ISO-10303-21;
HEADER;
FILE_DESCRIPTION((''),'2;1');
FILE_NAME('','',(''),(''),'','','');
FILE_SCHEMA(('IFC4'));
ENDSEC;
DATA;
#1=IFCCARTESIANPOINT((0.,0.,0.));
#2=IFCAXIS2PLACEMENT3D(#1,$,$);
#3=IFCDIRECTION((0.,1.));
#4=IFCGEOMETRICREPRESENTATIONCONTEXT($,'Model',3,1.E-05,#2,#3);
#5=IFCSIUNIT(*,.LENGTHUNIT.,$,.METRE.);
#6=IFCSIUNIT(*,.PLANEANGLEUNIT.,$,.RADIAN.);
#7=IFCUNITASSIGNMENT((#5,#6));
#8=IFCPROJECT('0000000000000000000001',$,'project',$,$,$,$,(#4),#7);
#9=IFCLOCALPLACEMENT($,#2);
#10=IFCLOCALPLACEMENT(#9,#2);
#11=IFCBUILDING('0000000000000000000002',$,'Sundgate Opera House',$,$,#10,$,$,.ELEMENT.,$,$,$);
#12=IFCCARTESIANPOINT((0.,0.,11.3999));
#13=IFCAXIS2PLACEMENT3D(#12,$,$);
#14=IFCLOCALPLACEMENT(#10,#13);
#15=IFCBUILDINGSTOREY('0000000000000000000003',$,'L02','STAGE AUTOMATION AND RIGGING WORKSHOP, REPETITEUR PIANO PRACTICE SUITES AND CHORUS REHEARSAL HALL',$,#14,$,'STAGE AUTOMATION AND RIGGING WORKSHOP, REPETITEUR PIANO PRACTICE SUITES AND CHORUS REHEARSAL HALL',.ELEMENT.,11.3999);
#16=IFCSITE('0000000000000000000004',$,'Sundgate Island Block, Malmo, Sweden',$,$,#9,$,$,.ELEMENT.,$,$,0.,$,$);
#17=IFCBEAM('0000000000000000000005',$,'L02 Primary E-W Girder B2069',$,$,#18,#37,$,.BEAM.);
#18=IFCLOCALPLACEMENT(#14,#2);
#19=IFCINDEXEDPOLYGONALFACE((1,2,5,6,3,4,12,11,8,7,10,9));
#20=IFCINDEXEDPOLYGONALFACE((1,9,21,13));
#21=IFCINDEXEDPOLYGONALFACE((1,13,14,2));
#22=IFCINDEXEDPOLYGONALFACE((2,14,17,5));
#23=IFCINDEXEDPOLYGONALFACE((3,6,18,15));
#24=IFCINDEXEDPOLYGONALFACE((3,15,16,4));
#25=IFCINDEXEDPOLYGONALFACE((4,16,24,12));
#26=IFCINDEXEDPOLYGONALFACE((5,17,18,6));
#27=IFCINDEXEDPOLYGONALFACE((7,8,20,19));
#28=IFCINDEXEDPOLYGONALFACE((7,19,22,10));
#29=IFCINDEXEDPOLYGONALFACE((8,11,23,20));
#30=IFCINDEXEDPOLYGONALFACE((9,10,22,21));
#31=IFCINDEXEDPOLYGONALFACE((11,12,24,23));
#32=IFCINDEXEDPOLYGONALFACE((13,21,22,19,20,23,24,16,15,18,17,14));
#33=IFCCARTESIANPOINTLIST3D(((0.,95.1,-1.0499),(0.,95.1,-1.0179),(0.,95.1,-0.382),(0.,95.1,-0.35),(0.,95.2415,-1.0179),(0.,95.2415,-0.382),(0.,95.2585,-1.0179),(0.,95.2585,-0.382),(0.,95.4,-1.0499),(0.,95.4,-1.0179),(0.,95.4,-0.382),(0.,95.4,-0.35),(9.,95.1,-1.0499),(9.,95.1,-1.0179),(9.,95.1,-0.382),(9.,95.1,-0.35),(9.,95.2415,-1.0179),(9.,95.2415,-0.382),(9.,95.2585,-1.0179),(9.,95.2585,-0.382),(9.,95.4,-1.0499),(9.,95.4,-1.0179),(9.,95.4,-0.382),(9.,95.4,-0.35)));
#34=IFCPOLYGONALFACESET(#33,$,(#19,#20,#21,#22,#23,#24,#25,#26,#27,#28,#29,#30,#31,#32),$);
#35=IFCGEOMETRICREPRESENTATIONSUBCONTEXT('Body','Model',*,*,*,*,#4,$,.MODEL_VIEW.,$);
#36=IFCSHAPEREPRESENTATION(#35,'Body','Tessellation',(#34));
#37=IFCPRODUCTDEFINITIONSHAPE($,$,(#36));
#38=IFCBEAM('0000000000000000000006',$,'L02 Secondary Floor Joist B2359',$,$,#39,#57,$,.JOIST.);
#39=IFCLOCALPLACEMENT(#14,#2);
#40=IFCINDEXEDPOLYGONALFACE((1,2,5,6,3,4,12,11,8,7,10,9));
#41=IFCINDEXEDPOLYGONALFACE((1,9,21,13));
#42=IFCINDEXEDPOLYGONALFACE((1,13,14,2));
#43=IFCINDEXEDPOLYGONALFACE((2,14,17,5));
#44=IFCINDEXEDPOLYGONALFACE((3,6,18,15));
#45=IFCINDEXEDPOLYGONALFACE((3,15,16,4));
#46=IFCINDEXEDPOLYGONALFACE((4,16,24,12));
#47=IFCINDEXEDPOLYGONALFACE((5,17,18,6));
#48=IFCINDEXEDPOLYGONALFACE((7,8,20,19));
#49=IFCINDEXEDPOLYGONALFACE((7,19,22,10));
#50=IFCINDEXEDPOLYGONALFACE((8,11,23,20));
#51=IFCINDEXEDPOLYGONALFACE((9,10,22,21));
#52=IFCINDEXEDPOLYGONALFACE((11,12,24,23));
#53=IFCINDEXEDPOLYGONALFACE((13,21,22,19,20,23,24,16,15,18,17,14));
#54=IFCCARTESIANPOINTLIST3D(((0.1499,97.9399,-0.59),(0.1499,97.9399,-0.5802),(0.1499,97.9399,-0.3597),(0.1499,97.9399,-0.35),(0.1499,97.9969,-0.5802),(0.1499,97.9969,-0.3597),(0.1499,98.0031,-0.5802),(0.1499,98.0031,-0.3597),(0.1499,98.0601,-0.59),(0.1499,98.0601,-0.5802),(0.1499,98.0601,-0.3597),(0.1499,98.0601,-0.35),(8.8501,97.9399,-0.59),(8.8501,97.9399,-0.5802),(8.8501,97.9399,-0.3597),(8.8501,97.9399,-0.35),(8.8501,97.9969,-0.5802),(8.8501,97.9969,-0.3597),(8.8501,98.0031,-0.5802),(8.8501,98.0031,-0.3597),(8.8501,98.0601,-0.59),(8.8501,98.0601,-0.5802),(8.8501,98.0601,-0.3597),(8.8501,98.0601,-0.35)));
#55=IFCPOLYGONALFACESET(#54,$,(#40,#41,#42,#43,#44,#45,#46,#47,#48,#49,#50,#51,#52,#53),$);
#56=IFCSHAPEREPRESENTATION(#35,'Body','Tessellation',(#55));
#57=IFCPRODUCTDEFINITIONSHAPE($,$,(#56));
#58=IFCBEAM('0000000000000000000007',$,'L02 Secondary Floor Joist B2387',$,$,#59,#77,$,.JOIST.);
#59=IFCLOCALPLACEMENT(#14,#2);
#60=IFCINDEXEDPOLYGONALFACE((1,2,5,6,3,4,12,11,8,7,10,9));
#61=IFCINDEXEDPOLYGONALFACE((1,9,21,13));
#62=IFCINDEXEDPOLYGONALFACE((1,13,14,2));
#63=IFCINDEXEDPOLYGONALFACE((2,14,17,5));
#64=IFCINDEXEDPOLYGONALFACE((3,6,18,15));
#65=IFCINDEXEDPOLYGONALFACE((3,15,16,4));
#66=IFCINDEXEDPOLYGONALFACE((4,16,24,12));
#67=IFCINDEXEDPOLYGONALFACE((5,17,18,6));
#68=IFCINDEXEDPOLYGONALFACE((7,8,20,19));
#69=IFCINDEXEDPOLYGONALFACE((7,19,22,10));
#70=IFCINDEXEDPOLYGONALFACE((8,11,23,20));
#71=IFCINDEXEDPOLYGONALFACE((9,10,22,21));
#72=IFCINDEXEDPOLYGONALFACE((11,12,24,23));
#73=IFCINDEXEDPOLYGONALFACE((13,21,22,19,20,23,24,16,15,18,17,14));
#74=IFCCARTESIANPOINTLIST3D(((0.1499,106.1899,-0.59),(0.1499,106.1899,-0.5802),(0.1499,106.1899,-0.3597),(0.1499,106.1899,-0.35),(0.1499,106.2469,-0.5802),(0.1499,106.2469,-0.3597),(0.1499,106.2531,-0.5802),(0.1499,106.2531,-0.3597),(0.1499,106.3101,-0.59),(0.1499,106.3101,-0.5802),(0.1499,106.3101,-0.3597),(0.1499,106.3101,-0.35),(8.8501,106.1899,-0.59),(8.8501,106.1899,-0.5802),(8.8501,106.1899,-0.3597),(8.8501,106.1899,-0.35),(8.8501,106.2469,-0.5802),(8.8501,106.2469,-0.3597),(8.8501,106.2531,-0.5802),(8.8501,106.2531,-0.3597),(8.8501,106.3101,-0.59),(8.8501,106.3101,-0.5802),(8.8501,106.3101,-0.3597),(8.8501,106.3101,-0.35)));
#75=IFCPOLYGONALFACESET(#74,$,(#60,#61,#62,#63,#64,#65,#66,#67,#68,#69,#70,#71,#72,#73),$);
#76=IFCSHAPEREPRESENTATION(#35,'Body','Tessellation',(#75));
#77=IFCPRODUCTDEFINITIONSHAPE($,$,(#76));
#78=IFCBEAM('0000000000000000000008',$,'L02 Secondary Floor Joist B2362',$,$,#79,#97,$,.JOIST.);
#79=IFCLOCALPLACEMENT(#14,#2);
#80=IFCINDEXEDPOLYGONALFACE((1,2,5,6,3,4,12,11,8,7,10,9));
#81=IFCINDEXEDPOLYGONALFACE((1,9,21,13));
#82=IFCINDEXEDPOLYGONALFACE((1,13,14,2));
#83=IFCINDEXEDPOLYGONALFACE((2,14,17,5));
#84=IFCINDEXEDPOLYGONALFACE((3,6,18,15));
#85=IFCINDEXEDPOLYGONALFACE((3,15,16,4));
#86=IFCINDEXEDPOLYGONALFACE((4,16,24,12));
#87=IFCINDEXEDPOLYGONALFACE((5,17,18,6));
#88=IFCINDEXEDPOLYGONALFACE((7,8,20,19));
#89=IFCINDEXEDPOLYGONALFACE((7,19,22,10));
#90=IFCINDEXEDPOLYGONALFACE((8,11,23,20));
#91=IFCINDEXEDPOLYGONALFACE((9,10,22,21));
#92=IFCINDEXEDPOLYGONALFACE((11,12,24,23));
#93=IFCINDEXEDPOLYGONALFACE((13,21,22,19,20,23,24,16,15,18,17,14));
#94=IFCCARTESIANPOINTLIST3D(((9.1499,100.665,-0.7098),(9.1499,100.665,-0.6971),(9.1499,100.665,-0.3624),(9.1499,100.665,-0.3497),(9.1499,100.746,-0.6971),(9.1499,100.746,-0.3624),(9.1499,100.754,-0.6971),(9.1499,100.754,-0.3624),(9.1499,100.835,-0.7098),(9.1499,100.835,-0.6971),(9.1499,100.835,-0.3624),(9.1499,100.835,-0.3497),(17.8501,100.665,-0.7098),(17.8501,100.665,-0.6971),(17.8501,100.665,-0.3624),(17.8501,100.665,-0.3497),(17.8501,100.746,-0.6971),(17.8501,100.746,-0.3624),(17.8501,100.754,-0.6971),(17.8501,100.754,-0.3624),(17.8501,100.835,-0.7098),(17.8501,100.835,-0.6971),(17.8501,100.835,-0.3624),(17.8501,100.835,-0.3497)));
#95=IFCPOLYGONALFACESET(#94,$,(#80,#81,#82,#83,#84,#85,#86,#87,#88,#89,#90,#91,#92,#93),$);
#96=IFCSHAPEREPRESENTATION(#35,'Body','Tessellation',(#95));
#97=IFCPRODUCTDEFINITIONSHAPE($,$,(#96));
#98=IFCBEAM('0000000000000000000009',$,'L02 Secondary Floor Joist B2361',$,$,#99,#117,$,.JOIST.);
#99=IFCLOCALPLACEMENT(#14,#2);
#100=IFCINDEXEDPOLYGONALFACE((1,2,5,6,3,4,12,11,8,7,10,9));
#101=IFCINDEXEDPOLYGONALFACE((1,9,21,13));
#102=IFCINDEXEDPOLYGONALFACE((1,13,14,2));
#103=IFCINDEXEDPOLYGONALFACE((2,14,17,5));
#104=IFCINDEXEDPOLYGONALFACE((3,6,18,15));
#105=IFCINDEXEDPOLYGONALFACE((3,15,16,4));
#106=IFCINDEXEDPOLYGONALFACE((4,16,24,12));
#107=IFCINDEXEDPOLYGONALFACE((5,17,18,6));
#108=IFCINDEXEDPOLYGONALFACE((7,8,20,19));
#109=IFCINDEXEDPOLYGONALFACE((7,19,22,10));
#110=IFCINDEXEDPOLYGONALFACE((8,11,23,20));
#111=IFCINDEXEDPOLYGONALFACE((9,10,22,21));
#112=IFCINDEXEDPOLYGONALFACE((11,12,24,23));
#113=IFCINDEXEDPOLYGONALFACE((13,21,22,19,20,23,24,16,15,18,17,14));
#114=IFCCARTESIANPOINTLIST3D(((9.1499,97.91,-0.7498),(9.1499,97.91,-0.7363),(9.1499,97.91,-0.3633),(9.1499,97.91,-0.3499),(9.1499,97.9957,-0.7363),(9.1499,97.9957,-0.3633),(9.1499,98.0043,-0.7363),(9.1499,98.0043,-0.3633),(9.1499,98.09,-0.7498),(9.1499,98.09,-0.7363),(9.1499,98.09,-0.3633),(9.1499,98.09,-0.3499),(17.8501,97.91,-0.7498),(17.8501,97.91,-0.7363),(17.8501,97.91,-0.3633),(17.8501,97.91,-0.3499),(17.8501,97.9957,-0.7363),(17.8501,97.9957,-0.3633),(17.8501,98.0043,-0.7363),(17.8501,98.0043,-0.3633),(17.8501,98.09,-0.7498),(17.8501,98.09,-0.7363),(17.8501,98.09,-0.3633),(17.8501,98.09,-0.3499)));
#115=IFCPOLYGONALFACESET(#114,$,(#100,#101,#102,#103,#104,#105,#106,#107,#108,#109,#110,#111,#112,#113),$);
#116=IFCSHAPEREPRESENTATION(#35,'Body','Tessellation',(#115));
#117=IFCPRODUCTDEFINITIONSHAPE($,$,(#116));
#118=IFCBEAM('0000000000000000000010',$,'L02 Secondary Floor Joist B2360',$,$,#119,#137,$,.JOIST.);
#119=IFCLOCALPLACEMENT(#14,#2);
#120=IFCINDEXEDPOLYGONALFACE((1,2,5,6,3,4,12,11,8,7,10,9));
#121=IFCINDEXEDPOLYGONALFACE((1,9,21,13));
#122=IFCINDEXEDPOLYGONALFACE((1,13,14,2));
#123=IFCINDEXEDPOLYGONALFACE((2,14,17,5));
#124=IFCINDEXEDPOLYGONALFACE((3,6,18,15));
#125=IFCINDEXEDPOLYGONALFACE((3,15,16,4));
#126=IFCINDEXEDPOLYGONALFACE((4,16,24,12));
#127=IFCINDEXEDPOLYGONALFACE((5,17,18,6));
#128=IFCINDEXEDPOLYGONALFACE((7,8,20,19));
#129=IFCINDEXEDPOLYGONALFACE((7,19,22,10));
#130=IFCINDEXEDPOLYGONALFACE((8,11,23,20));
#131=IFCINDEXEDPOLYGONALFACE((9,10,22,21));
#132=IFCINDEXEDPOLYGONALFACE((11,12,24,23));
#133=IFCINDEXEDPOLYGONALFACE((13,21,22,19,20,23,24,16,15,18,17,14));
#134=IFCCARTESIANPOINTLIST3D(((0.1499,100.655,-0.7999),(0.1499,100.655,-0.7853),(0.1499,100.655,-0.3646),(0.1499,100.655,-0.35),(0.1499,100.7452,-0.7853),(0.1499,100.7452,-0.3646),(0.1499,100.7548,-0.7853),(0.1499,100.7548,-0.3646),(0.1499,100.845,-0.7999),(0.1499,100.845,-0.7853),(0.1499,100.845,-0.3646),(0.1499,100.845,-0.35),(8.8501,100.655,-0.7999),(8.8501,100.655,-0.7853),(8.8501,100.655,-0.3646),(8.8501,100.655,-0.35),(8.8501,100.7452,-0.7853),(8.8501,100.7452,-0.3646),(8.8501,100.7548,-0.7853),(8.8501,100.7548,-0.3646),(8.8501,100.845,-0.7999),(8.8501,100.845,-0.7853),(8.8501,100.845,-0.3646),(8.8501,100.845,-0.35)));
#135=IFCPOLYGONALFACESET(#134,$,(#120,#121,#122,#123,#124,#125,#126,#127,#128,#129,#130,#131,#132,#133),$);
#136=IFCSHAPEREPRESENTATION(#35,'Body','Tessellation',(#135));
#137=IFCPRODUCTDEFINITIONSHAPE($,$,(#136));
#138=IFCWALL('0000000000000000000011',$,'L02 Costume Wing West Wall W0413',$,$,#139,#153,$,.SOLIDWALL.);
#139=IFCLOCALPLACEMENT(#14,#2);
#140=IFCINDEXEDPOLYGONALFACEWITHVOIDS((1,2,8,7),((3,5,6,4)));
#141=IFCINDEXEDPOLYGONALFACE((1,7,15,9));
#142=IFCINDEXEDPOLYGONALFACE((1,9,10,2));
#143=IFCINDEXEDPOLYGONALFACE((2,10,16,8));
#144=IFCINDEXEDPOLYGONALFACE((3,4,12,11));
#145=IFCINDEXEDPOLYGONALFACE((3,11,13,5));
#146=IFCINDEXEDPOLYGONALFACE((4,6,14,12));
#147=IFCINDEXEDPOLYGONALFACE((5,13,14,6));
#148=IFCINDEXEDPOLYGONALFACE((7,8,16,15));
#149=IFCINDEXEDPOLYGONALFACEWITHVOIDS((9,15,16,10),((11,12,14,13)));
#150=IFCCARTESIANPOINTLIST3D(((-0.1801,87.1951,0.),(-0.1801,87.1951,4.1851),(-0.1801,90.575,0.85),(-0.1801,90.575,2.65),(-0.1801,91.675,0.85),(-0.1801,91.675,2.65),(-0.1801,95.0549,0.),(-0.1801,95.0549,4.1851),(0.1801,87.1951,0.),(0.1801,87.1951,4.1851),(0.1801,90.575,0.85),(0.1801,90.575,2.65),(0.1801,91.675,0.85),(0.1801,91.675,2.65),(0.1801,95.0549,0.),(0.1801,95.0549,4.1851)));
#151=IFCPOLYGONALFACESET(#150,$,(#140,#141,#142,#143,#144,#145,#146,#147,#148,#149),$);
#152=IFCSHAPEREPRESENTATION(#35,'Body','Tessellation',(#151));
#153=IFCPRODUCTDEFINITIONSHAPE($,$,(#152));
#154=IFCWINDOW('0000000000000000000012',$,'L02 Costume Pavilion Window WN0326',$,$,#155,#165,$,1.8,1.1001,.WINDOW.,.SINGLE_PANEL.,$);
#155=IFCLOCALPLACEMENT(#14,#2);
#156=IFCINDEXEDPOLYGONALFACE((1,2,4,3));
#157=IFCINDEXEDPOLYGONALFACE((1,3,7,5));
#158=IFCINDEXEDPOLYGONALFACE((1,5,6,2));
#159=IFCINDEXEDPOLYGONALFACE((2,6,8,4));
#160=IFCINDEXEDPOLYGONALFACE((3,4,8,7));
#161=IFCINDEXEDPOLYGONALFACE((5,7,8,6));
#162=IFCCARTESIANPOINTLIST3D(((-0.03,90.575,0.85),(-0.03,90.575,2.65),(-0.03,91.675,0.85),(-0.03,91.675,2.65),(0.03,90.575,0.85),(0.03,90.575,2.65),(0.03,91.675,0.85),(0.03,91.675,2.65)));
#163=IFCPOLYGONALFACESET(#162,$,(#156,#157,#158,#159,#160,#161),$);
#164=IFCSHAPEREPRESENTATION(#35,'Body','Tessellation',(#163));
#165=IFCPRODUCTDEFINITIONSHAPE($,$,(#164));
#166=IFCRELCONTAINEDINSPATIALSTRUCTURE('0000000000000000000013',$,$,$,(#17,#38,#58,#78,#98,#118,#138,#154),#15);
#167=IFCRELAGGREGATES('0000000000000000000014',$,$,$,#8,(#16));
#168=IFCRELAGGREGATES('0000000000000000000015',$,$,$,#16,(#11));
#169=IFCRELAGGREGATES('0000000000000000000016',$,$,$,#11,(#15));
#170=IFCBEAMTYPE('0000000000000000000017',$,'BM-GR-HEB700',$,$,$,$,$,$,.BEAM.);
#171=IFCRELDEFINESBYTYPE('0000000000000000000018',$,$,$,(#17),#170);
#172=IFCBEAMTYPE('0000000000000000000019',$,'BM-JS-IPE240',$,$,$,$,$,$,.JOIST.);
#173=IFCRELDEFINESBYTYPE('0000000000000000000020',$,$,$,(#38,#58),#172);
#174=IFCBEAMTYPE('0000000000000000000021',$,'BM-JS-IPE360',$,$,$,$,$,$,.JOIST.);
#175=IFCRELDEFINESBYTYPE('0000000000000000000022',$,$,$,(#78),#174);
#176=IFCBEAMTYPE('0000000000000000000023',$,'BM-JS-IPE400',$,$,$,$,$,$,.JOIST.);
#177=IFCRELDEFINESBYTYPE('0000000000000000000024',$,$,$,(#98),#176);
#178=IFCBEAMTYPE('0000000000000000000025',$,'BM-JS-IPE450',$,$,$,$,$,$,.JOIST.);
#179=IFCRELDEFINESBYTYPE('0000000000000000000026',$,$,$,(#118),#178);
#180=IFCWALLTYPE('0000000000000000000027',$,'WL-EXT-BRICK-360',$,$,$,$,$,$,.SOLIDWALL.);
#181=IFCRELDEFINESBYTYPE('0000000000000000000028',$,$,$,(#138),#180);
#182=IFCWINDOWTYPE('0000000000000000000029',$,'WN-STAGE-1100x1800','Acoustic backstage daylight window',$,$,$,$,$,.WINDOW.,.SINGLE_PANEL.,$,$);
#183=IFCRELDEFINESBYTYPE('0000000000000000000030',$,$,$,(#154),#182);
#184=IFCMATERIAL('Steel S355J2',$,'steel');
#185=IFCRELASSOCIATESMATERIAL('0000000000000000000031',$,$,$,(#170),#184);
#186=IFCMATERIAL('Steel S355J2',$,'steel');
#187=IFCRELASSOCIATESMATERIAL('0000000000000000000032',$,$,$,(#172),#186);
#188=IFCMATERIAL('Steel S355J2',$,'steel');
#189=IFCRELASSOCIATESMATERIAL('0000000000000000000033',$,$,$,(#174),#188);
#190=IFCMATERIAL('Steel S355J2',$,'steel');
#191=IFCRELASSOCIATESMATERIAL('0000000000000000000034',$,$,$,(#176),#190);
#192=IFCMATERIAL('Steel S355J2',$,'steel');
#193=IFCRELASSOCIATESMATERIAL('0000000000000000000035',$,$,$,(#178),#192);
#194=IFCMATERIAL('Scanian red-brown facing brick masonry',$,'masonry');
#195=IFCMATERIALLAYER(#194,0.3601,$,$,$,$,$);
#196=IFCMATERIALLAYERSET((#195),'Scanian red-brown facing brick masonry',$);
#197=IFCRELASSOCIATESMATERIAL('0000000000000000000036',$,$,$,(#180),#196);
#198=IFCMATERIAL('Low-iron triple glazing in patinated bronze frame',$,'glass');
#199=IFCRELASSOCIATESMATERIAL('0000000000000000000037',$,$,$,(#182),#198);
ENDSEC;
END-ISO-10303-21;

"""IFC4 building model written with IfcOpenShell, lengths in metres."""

from ifc_helpers import new_model, si_unit, direction, frame, frame_2d, origin, origin_2d, place, context, subcontext, project, spatial, rectangle, i_section, extrude, material, layer, layer_set, material_profile, profile_set, type_object, element, fill, save


model = new_model("IFC4")

# Units and contexts
model_context = context("Model", 3, precision=1e-05, world=origin(), true_north=direction((0.0, 1.0)))
body_context = subcontext(model_context, "Body", "Model", "MODEL_VIEW")
ifc_project = project(units=[si_unit("LENGTHUNIT", "METRE"), si_unit("PLANEANGLEUNIT", "RADIAN")], contexts=[model_context])

# Site, building, storey
site_placement = place(None, origin())
site = spatial("IfcSite", under=ifc_project, at=site_placement, Name="Sundgate Island Block, Malmo, Sweden", CompositionType="ELEMENT", RefElevation=0.0)
building_placement = place(site_placement, origin())
building = spatial("IfcBuilding", under=site, at=building_placement, Name="Sundgate Opera House", CompositionType="ELEMENT")
storey_placement = place(building_placement, frame((0.0, 0.0, 11.3999)))
storey = spatial("IfcBuildingStorey", under=building, at=storey_placement, Name="L02", Description="STAGE AUTOMATION AND RIGGING WORKSHOP, REPETITEUR PIANO PRACTICE SUITES AND CHORUS REHEARSAL HALL", LongName="STAGE AUTOMATION AND RIGGING WORKSHOP, REPETITEUR PIANO PRACTICE SUITES AND CHORUS REHEARSAL HALL", CompositionType="ELEMENT", Elevation=11.3999)

# Beams
ifc_material_1 = material(Name="Steel S355J2", Category="steel")
ifc_material_profile_1 = material_profile(ifc_material_1, i_section(OverallWidth=0.3, OverallDepth=0.7, WebThickness=0.0171, FlangeThickness=0.032, at=origin_2d()), Name="HEB 700")
ifc_profile_set_1 = profile_set([ifc_material_profile_1], Name="Steel S355J2")
beam_type_1 = type_object("IfcBeamType", Name="BM-GR-HEB700", PredefinedType="BEAM", material=ifc_profile_set_1)
beam_1_placement = place(storey_placement, frame((0.0, 95.25, -0.7), z_axis=(1.0, 0.0, 0.0), x_axis=(0.0, 1.0, 0.0)))
element("IfcBeam", 1, at=beam_1_placement, inside=storey, type_object=beam_type_1, Name="L02 Primary E-W Girder B2069", PredefinedType="BEAM", context=body_context, shape_type="SweptSolid", body=[
    extrude(i_section(OverallWidth=0.3, OverallDepth=0.7, WebThickness=0.0171, FlangeThickness=0.032, at=origin_2d()), origin(), (0.0, 0.0, 1.0), 9.0),
])
ifc_material_2 = material(Name="Steel S355J2", Category="steel")
ifc_material_profile_2 = material_profile(ifc_material_2, i_section(OverallWidth=0.1201, OverallDepth=0.24, WebThickness=0.0061, FlangeThickness=0.0098, at=origin_2d()), Name="IPE 240")
ifc_profile_set_2 = profile_set([ifc_material_profile_2], Name="Steel S355J2")
beam_type_2 = type_object("IfcBeamType", Name="BM-JS-IPE240", PredefinedType="JOIST", material=ifc_profile_set_2)
for number, where, z_axis, x_axis, name in (
    (2, (0.1499, 98.0, -0.47), (1.0, 0.0, 0.0), (0.0, 1.0, 0.0), "L02 Secondary Floor Joist B2359"),
    (3, (0.1499, 106.25, -0.47), (1.0, 0.0, 0.0), (0.0, 1.0, 0.0), "L02 Secondary Floor Joist B2387"),
):
    element("IfcBeam", number, at=place(storey_placement, frame(where, z_axis=z_axis, x_axis=x_axis)), inside=storey, type_object=beam_type_2, Name=name, PredefinedType="JOIST", context=body_context, shape_type="SweptSolid", body=[
        extrude(i_section(OverallWidth=0.1201, OverallDepth=0.24, WebThickness=0.0061, FlangeThickness=0.0098, at=origin_2d()), origin(), (0.0, 0.0, 1.0), 8.7002),
    ])
ifc_material_3 = material(Name="Steel S355J2", Category="steel")
ifc_material_profile_3 = material_profile(ifc_material_3, i_section(OverallWidth=0.1699, OverallDepth=0.3601, WebThickness=0.0081, FlangeThickness=0.0127, at=origin_2d()), Name="IPE 360")
ifc_profile_set_3 = profile_set([ifc_material_profile_3], Name="Steel S355J2")
beam_type_3 = type_object("IfcBeamType", Name="BM-JS-IPE360", PredefinedType="JOIST", material=ifc_profile_set_3)
beam_2_placement = place(storey_placement, frame((9.1499, 100.75, -0.5298), z_axis=(1.0, 0.0, 0.0), x_axis=(0.0, 1.0, 0.0)))
element("IfcBeam", 4, at=beam_2_placement, inside=storey, type_object=beam_type_3, Name="L02 Secondary Floor Joist B2362", PredefinedType="JOIST", context=body_context, shape_type="SweptSolid", body=[
    extrude(i_section(OverallWidth=0.1699, OverallDepth=0.3601, WebThickness=0.0081, FlangeThickness=0.0127, at=origin_2d()), origin(), (0.0, 0.0, 1.0), 8.7002),
])
ifc_material_4 = material(Name="Steel S355J2", Category="steel")
ifc_material_profile_4 = material_profile(ifc_material_4, i_section(OverallWidth=0.1799, OverallDepth=0.3999, WebThickness=0.0085, FlangeThickness=0.0134, at=origin_2d()), Name="IPE 400")
ifc_profile_set_4 = profile_set([ifc_material_profile_4], Name="Steel S355J2")
beam_type_4 = type_object("IfcBeamType", Name="BM-JS-IPE400", PredefinedType="JOIST", material=ifc_profile_set_4)
beam_3_placement = place(storey_placement, frame((9.1499, 98.0, -0.5498), z_axis=(1.0, 0.0, 0.0), x_axis=(0.0, 1.0, 0.0)))
element("IfcBeam", 5, at=beam_3_placement, inside=storey, type_object=beam_type_4, Name="L02 Secondary Floor Joist B2361", PredefinedType="JOIST", context=body_context, shape_type="SweptSolid", body=[
    extrude(i_section(OverallWidth=0.1799, OverallDepth=0.3999, WebThickness=0.0085, FlangeThickness=0.0134, at=origin_2d()), origin(), (0.0, 0.0, 1.0), 8.7002),
])
ifc_material_5 = material(Name="Steel S355J2", Category="steel")
ifc_material_profile_5 = material_profile(ifc_material_5, i_section(OverallWidth=0.1899, OverallDepth=0.45, WebThickness=0.0095, FlangeThickness=0.0146, at=origin_2d()), Name="IPE 450")
ifc_profile_set_5 = profile_set([ifc_material_profile_5], Name="Steel S355J2")
beam_type_5 = type_object("IfcBeamType", Name="BM-JS-IPE450", PredefinedType="JOIST", material=ifc_profile_set_5)
beam_4_placement = place(storey_placement, frame((0.1499, 100.75, -0.575), z_axis=(1.0, 0.0, 0.0), x_axis=(0.0, 1.0, 0.0)))
element("IfcBeam", 6, at=beam_4_placement, inside=storey, type_object=beam_type_5, Name="L02 Secondary Floor Joist B2360", PredefinedType="JOIST", context=body_context, shape_type="SweptSolid", body=[
    extrude(i_section(OverallWidth=0.1899, OverallDepth=0.45, WebThickness=0.0095, FlangeThickness=0.0146, at=origin_2d()), origin(), (0.0, 0.0, 1.0), 8.7002),
])

# Wall, opening, window
ifc_material_6 = material(Name="Scanian red-brown facing brick masonry", Category="masonry")
ifc_layer_1 = layer(ifc_material_6, 0.3601)
ifc_layer_set_1 = layer_set([ifc_layer_1], Name="Scanian red-brown facing brick masonry")
wall_type_1 = type_object("IfcWallType", Name="WL-EXT-BRICK-360", PredefinedType="SOLIDWALL", material=ifc_layer_set_1)
wall_1_placement = place(storey_placement, frame((0.0, 95.0549, 0.0), z_axis=(0.0, 0.0, 1.0), x_axis=(0.0, -1.0, 0.0)))
wall_1 = element("IfcWall", 7, at=wall_1_placement, inside=storey, type_object=wall_type_1, Name="L02 Costume Wing West Wall W0413", PredefinedType="SOLIDWALL", context=body_context, shape_type="SweptSolid", body=[
    extrude(rectangle(XDim=7.8599, YDim=0.3601, at=frame_2d((3.9299, 0.0))), origin(), (0.0, 0.0, 1.0), 4.1851),
])
opening_1_placement = place(wall_1_placement, frame((3.3799, 0.0, 0.8501)))
opening_1 = element("IfcOpeningElement", 8, at=opening_1_placement, cuts=wall_1, PredefinedType="OPENING", context=body_context, shape_type="SweptSolid", body=[
    extrude(rectangle(XDim=1.1001, YDim=1.8, at=frame_2d((0.55, 0.8999))), frame((0.0, 0.1899, 0.0), z_axis=(0.0, -1.0, 0.0), x_axis=(1.0, 0.0, 0.0)), (0.0, 0.0, 1.0), 0.3801),
])
ifc_material_7 = material(Name="Low-iron triple glazing in patinated bronze frame", Category="glass")
window_type_1 = type_object("IfcWindowType", Name="WN-STAGE-1100x1800", Description="Acoustic backstage daylight window", PartitioningType="SINGLE_PANEL", PredefinedType="WINDOW", material=ifc_material_7)
window_1_placement = place(opening_1_placement, origin())
window_1 = element("IfcWindow", 9, at=window_1_placement, inside=storey, type_object=window_type_1, Name="L02 Costume Pavilion Window WN0326", OverallHeight=1.8, OverallWidth=1.1001, PartitioningType="SINGLE_PANEL", PredefinedType="WINDOW", context=body_context, shape_type="SweptSolid", body=[
    extrude(rectangle(XDim=1.1001, YDim=1.8, at=frame_2d((0.55, 0.8999))), frame((0.0, 0.03, 0.0), z_axis=(0.0, -1.0, 0.0), x_axis=(1.0, 0.0, 0.0)), (0.0, 0.0, 1.0), 0.0601),
])
fill(opening_1, window_1)

save(model, "model.ifc")
